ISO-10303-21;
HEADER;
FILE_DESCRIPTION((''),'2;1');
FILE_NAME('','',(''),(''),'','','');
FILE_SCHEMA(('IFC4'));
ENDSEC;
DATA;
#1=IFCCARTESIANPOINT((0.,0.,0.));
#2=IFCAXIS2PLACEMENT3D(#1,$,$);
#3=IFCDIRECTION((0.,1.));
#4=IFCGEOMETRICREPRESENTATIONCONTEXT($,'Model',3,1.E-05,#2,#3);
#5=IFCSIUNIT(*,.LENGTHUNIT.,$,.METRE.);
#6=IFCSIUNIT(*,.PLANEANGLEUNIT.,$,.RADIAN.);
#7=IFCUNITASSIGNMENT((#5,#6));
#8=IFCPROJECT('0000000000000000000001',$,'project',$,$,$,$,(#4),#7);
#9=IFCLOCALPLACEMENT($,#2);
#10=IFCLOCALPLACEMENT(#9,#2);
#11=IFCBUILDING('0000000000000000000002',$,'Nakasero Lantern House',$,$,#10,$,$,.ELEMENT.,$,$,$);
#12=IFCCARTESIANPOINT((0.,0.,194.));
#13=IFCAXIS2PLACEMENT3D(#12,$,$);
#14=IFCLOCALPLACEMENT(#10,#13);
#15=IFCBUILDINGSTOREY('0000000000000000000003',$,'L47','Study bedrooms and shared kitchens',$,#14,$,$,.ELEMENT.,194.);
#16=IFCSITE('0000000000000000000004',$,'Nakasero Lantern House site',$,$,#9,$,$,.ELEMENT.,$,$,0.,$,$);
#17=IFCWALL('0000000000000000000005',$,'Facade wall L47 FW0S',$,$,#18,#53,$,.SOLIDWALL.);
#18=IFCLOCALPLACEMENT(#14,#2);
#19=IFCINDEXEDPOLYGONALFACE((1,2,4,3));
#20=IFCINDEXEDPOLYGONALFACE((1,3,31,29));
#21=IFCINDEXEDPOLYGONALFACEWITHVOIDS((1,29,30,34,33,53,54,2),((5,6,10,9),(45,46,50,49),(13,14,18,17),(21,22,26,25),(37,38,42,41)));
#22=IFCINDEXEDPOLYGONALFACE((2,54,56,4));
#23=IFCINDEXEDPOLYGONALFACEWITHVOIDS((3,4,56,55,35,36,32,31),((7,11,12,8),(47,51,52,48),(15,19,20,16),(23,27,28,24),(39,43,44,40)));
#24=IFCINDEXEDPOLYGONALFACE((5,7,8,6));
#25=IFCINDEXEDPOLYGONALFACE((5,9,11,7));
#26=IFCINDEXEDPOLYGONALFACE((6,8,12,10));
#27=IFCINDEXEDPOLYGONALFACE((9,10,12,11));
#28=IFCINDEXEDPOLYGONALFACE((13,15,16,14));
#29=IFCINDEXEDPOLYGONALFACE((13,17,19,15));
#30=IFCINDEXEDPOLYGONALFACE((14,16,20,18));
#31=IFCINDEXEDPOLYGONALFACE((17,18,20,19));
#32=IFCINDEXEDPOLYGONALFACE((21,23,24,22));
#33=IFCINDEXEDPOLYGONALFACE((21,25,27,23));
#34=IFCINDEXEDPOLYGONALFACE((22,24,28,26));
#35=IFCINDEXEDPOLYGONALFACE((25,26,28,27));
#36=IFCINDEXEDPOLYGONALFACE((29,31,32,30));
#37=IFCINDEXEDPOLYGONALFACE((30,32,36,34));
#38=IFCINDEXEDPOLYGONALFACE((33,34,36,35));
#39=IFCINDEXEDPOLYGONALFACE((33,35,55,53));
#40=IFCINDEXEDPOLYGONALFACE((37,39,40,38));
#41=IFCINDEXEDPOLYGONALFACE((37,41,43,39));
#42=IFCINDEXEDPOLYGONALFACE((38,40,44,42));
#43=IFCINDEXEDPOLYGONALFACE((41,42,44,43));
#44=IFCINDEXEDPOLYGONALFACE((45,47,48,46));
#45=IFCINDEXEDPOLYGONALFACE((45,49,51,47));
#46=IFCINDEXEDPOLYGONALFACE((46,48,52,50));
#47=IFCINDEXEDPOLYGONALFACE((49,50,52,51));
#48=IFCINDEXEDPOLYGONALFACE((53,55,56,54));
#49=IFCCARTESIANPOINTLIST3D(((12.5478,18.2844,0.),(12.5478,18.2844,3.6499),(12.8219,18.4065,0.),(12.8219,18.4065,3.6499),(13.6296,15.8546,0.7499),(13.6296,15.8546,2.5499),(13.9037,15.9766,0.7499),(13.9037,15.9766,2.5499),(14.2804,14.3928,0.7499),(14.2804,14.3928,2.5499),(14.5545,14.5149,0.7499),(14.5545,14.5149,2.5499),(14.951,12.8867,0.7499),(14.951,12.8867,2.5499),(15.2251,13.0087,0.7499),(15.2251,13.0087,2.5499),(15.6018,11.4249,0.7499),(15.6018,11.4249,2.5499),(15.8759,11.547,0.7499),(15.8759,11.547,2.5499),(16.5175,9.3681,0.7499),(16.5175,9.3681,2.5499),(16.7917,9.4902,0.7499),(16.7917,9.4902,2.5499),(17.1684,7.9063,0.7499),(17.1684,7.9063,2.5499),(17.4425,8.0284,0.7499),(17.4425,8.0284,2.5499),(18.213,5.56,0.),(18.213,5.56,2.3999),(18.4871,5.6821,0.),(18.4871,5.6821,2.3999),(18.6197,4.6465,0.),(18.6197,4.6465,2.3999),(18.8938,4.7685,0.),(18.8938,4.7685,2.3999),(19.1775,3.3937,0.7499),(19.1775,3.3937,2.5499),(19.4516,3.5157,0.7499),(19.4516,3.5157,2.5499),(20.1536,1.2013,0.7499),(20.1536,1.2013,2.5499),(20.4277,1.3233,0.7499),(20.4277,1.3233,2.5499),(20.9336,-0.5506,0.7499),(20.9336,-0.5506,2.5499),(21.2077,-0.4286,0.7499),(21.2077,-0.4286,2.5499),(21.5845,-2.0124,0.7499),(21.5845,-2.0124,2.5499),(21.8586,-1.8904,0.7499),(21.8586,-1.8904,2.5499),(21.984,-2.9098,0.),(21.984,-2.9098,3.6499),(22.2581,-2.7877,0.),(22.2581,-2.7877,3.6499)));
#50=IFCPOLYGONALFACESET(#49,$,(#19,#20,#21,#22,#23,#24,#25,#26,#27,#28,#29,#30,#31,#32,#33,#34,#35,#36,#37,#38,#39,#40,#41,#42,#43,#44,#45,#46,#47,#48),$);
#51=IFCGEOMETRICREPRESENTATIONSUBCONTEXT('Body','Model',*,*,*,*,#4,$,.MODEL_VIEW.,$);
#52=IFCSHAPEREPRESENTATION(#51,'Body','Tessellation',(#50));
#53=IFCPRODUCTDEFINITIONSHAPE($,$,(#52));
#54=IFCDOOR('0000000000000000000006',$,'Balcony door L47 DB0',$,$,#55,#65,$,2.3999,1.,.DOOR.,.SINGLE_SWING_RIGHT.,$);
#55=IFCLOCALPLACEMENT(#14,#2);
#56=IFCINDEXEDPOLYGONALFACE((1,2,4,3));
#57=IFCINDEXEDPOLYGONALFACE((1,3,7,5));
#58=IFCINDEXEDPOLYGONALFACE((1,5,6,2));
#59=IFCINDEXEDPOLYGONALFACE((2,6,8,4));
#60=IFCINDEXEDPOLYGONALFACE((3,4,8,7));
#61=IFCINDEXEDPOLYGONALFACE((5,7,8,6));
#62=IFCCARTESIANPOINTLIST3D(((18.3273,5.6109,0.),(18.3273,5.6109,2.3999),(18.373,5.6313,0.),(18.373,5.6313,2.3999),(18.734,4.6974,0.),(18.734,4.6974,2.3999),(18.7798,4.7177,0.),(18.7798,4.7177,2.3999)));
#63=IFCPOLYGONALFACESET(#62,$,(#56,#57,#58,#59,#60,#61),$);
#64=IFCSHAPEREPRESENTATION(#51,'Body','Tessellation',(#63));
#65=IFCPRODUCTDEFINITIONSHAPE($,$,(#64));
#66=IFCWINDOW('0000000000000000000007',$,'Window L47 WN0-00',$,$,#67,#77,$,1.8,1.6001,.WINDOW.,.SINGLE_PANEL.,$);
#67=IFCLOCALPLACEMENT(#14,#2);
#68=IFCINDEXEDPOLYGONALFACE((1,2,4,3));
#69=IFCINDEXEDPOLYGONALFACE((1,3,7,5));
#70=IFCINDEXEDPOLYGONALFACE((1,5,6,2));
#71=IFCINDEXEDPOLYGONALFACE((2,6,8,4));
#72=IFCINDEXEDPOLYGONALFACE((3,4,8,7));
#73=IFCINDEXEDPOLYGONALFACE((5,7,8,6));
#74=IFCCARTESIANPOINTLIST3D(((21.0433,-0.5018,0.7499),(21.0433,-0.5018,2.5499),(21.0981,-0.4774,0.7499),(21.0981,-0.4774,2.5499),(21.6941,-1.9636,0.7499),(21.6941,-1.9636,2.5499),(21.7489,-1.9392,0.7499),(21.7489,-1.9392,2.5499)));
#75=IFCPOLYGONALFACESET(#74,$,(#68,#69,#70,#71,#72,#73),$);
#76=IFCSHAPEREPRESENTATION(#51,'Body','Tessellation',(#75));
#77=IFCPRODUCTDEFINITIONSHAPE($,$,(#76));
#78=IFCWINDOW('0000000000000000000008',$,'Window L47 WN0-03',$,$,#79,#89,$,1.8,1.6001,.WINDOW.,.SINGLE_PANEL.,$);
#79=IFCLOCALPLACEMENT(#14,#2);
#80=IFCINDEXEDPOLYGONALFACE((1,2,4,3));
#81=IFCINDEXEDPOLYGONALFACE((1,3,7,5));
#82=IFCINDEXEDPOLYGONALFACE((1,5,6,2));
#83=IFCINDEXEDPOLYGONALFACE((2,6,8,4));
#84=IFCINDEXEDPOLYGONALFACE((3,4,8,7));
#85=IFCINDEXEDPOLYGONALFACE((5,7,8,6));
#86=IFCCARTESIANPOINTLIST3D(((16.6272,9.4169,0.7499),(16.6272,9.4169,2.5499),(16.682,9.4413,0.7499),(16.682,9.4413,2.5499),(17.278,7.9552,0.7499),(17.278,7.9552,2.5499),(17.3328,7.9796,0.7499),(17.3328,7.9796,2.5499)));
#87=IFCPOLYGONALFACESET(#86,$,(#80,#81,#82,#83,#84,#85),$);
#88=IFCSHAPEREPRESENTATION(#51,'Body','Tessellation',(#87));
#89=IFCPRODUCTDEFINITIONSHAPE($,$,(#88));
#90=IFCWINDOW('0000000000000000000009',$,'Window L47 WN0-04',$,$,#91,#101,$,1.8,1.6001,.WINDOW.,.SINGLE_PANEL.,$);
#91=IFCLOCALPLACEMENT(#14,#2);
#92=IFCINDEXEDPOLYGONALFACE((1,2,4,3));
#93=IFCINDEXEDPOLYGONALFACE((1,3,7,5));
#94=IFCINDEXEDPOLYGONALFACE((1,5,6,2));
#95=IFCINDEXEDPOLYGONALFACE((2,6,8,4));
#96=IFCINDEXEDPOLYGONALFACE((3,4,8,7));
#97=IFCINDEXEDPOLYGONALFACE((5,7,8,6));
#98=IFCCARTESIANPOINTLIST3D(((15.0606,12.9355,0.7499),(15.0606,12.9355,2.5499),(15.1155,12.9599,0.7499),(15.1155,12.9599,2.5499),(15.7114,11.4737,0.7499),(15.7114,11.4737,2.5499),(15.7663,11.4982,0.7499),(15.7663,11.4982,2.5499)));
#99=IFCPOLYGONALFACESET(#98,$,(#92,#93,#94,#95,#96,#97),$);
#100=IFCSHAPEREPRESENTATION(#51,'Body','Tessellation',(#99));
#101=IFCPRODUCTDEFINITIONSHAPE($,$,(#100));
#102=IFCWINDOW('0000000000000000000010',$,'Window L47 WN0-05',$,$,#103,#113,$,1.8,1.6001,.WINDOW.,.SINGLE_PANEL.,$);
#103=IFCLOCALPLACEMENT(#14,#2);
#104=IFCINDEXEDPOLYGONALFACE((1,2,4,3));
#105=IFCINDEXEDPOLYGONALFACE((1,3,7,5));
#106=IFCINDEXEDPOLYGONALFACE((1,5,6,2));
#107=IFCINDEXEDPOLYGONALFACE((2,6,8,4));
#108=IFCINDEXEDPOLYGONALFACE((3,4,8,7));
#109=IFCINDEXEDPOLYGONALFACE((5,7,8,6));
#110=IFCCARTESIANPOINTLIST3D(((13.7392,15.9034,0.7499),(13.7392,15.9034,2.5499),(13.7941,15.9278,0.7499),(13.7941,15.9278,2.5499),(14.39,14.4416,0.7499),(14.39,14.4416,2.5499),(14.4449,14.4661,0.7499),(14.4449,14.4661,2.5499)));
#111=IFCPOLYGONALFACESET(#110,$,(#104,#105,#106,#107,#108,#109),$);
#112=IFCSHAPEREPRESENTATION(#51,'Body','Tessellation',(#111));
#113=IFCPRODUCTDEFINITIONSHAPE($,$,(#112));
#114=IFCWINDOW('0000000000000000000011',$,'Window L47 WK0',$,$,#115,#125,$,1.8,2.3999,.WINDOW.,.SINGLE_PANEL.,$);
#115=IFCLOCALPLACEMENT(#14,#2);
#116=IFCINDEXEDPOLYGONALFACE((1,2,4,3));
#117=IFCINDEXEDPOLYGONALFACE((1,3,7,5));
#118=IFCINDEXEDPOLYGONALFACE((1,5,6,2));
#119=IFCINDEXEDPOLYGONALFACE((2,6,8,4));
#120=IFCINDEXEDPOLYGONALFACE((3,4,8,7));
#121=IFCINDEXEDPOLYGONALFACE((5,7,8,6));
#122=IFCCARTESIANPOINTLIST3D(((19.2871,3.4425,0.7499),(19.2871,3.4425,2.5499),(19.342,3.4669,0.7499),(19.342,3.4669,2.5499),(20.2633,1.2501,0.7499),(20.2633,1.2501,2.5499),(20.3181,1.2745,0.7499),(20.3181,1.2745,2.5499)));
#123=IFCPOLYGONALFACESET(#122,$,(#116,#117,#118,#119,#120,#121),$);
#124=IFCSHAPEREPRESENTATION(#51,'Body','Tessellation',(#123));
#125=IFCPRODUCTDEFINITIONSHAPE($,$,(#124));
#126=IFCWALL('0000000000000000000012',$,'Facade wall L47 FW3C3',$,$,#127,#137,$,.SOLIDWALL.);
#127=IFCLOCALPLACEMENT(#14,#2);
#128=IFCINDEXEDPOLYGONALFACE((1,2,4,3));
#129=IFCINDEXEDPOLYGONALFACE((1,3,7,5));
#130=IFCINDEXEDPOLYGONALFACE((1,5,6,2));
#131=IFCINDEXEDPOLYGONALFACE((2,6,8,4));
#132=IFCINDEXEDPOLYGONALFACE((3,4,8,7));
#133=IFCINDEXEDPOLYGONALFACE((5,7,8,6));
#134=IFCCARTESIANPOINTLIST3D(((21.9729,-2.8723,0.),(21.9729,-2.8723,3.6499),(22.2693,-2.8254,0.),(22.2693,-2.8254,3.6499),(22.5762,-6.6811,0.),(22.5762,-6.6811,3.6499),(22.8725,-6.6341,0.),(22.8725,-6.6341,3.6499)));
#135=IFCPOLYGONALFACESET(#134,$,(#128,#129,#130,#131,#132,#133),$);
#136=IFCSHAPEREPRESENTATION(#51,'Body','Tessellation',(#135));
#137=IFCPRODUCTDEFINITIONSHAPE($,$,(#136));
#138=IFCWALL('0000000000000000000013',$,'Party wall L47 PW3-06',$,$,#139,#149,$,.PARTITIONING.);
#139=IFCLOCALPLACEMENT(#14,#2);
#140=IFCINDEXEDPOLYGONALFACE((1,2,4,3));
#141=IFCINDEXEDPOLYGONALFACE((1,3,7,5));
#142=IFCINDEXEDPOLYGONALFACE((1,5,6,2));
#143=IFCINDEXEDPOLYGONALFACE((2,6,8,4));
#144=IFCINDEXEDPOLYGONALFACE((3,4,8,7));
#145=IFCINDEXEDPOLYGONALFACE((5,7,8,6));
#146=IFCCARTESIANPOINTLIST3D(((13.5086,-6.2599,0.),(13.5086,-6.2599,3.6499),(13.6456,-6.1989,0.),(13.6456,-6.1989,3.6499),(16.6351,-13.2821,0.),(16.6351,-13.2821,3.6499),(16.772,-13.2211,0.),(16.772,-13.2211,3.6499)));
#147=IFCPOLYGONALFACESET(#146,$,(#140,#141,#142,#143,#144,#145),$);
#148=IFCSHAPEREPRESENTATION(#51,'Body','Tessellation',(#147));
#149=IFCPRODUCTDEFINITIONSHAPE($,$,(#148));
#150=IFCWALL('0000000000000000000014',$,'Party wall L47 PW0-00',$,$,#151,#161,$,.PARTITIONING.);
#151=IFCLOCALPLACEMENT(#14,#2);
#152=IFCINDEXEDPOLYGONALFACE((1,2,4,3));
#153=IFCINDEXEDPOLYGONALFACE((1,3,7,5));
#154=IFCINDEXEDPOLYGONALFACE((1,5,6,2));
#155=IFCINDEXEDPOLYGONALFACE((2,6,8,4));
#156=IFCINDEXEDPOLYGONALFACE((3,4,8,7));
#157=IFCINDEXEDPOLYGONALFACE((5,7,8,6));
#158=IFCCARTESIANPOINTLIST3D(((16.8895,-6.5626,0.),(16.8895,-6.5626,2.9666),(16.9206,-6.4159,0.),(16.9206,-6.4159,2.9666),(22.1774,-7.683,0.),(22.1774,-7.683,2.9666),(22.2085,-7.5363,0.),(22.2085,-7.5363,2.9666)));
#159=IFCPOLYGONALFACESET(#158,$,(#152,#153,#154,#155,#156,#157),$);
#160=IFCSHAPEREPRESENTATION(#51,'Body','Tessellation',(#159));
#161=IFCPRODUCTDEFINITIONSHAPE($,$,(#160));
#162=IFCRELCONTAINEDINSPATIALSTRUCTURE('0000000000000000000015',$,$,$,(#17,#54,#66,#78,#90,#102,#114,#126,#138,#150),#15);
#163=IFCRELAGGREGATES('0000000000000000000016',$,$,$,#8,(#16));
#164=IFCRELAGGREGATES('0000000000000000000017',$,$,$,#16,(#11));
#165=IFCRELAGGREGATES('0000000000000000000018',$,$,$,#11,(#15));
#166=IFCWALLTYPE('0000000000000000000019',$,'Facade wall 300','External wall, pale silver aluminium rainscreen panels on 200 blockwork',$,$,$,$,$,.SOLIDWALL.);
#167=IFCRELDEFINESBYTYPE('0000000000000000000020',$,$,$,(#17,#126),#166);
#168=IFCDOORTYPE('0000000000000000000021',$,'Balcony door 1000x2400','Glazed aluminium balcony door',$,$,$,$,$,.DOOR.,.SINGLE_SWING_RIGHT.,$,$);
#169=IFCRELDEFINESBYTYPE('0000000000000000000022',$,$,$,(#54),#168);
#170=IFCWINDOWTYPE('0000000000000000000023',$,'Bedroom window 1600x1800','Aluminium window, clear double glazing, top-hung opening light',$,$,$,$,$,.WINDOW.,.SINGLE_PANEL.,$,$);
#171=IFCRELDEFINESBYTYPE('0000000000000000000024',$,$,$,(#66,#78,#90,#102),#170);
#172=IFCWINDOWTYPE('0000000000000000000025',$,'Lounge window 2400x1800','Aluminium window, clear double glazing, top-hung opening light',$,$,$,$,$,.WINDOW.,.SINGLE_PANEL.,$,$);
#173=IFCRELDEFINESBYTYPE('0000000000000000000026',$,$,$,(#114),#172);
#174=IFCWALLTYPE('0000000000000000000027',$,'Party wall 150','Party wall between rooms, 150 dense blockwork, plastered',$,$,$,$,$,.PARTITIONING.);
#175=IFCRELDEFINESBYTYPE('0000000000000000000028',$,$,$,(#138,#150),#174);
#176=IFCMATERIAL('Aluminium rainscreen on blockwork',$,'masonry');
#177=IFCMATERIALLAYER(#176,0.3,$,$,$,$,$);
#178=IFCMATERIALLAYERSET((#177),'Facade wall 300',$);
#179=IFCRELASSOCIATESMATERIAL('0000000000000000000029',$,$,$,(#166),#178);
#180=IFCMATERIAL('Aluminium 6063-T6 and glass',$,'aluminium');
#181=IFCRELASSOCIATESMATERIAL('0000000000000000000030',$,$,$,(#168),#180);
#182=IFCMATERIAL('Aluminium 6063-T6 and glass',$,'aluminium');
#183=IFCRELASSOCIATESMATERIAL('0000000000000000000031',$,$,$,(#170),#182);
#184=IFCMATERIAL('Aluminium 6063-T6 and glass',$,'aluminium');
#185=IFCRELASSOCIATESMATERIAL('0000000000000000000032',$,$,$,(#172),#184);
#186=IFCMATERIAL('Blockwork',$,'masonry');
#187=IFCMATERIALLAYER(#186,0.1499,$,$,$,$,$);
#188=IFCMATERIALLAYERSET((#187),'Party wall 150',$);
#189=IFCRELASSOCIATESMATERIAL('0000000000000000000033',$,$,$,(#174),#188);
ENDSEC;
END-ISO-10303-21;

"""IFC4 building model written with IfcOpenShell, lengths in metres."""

from ifc_helpers import new_model, si_unit, direction, frame, frame_2d, origin, place, context, subcontext, project, spatial, rectangle, extrude, material, layer, layer_set, type_object, element, fill, save


model = new_model("IFC4")

# Units and contexts
model_context = context("Model", 3, precision=1e-05, world=origin(), true_north=direction((0.0, 1.0)))
body_context = subcontext(model_context, "Body", "Model", "MODEL_VIEW")
ifc_project = project(units=[si_unit("LENGTHUNIT", "METRE"), si_unit("PLANEANGLEUNIT", "RADIAN")], contexts=[model_context])

# Site, building, storey
site_placement = place(None, origin())
site = spatial("IfcSite", under=ifc_project, at=site_placement, Name="Nakasero Lantern House site", CompositionType="ELEMENT", RefElevation=0.0)
building_placement = place(site_placement, origin())
building = spatial("IfcBuilding", under=site, at=building_placement, Name="Nakasero Lantern House", CompositionType="ELEMENT")
storey_placement = place(building_placement, frame((0.0, 0.0, 194.0)))
storey = spatial("IfcBuildingStorey", under=building, at=storey_placement, Name="L47", Description="Study bedrooms and shared kitchens", CompositionType="ELEMENT", Elevation=194.0)

# Wall, openings, door, windows
ifc_material_1 = material(Name="Aluminium rainscreen on blockwork", Category="masonry")
ifc_layer_1 = layer(ifc_material_1, 0.3)
ifc_layer_set_1 = layer_set([ifc_layer_1], Name="Facade wall 300")
wall_type_1 = type_object("IfcWallType", Name="Facade wall 300", Description="External wall, pale silver aluminium rainscreen panels on 200 blockwork", PredefinedType="SOLIDWALL", material=ifc_layer_set_1)
wall_1_placement = place(storey_placement, frame((22.1211, -2.8489, 0.0), z_axis=(0.0, 0.0, 1.0), x_axis=(-0.406735, 0.913546, 0.0)))
wall_1 = element("IfcWall", 1, at=wall_1_placement, inside=storey, type_object=wall_type_1, Name="Facade wall L47 FW0S", PredefinedType="SOLIDWALL", context=body_context, shape_type="SweptSolid", body=[
    extrude(rectangle(XDim=23.2, YDim=0.3, at=frame_2d((11.6001, 0.0))), origin(), (0.0, 0.0, 1.0), 3.6499),
])
opening_1_placement = place(wall_1_placement, frame((0.9824, 0.0, 0.75)))
opening_1 = element("IfcOpeningElement", 2, at=opening_1_placement, cuts=wall_1, PredefinedType="OPENING", context=body_context, shape_type="SweptSolid", body=[
    extrude(rectangle(XDim=1.6001, YDim=1.8, at=frame_2d((0.8, 0.8999))), frame((0.0, 0.1699, 0.0), z_axis=(0.0, -1.0, 0.0), x_axis=(1.0, 0.0, 0.0)), (0.0, 0.0, 1.0), 0.3401),
])
opening_2_placement = place(wall_1_placement, frame((11.8398, 0.0, 0.75)))
opening_2 = element("IfcOpeningElement", 3, at=opening_2_placement, cuts=wall_1, PredefinedType="OPENING", context=body_context, shape_type="SweptSolid", body=[
    extrude(rectangle(XDim=1.6001, YDim=1.8, at=frame_2d((0.8, 0.8999))), frame((0.0, 0.1699, 0.0), z_axis=(0.0, -1.0, 0.0), x_axis=(1.0, 0.0, 0.0)), (0.0, 0.0, 1.0), 0.3401),
])
opening_3_placement = place(wall_1_placement, frame((15.6914, 0.0, 0.75)))
opening_3 = element("IfcOpeningElement", 4, at=opening_3_placement, cuts=wall_1, PredefinedType="OPENING", context=body_context, shape_type="SweptSolid", body=[
    extrude(rectangle(XDim=1.6001, YDim=1.8, at=frame_2d((0.8, 0.8999))), frame((0.0, 0.1699, 0.0), z_axis=(0.0, -1.0, 0.0), x_axis=(1.0, 0.0, 0.0)), (0.0, 0.0, 1.0), 0.3401),
])
opening_4_placement = place(wall_1_placement, frame((18.9402, 0.0, 0.75)))
opening_4 = element("IfcOpeningElement", 5, at=opening_4_placement, cuts=wall_1, PredefinedType="OPENING", context=body_context, shape_type="SweptSolid", body=[
    extrude(rectangle(XDim=1.6001, YDim=1.8, at=frame_2d((0.8, 0.8999))), frame((0.0, 0.1699, 0.0), z_axis=(0.0, -1.0, 0.0), x_axis=(1.0, 0.0, 0.0)), (0.0, 0.0, 1.0), 0.3401),
])
opening_5_placement = place(wall_1_placement, frame((4.5002, 0.0, 0.75)))
opening_5 = element("IfcOpeningElement", 6, at=opening_5_placement, cuts=wall_1, PredefinedType="OPENING", context=body_context, shape_type="SweptSolid", body=[
    extrude(rectangle(XDim=2.3999, YDim=1.8, at=frame_2d((1.2, 0.8999))), frame((0.0, 0.1699, 0.0), z_axis=(0.0, -1.0, 0.0), x_axis=(1.0, 0.0, 0.0)), (0.0, 0.0, 1.0), 0.3401),
])
opening_6_placement = place(wall_1_placement, frame((8.2715, 0.0, 0.0)))
opening_6 = element("IfcOpeningElement", 7, at=opening_6_placement, cuts=wall_1, PredefinedType="OPENING", context=body_context, shape_type="SweptSolid", body=[
    extrude(rectangle(XDim=1.0, YDim=2.3999, at=frame_2d((0.5, 1.2))), frame((0.0, 0.1699, 0.0), z_axis=(0.0, -1.0, 0.0), x_axis=(1.0, 0.0, 0.0)), (0.0, 0.0, 1.0), 0.3401),
])
ifc_material_2 = material(Name="Aluminium 6063-T6 and glass", Category="aluminium")
door_type_1 = type_object("IfcDoorType", Name="Balcony door 1000x2400", Description="Glazed aluminium balcony door", OperationType="SINGLE_SWING_RIGHT", PredefinedType="DOOR", material=ifc_material_2)
door_1_placement = place(opening_6_placement, origin())
door_1 = element("IfcDoor", 8, at=door_1_placement, inside=storey, type_object=door_type_1, Name="Balcony door L47 DB0", OperationType="SINGLE_SWING_RIGHT", OverallHeight=2.3999, OverallWidth=1.0, PredefinedType="DOOR", context=body_context, shape_type="SweptSolid", body=[
    extrude(rectangle(XDim=1.0, YDim=2.3999, at=frame_2d((0.5, 1.2))), frame((0.0, 0.0249, 0.0), z_axis=(0.0, -1.0, 0.0), x_axis=(1.0, 0.0, 0.0)), (0.0, 0.0, 1.0), 0.05),
])
fill(opening_6, door_1)
ifc_material_3 = material(Name="Aluminium 6063-T6 and glass", Category="aluminium")
window_type_1 = type_object("IfcWindowType", Name="Bedroom window 1600x1800", Description="Aluminium window, clear double glazing, top-hung opening light", PartitioningType="SINGLE_PANEL", PredefinedType="WINDOW", material=ifc_material_3)
window_1_placement = place(opening_1_placement, origin())
window_1 = element("IfcWindow", 9, at=window_1_placement, inside=storey, type_object=window_type_1, Name="Window L47 WN0-00", OverallHeight=1.8, OverallWidth=1.6001, PartitioningType="SINGLE_PANEL", PredefinedType="WINDOW", context=body_context, shape_type="SweptSolid", body=[
    extrude(rectangle(XDim=1.6001, YDim=1.8, at=frame_2d((0.8, 0.8999))), frame((0.0, 0.03, 0.0), z_axis=(0.0, -1.0, 0.0), x_axis=(1.0, 0.0, 0.0)), (0.0, 0.0, 1.0), 0.0601),
])
fill(opening_1, window_1)
window_2_placement = place(opening_2_placement, origin())
window_2 = element("IfcWindow", 10, at=window_2_placement, inside=storey, type_object=window_type_1, Name="Window L47 WN0-03", OverallHeight=1.8, OverallWidth=1.6001, PartitioningType="SINGLE_PANEL", PredefinedType="WINDOW", context=body_context, shape_type="SweptSolid", body=[
    extrude(rectangle(XDim=1.6001, YDim=1.8, at=frame_2d((0.8, 0.8999))), frame((0.0, 0.03, 0.0), z_axis=(0.0, -1.0, 0.0), x_axis=(1.0, 0.0, 0.0)), (0.0, 0.0, 1.0), 0.0601),
])
fill(opening_2, window_2)
window_3_placement = place(opening_3_placement, origin())
window_3 = element("IfcWindow", 11, at=window_3_placement, inside=storey, type_object=window_type_1, Name="Window L47 WN0-04", OverallHeight=1.8, OverallWidth=1.6001, PartitioningType="SINGLE_PANEL", PredefinedType="WINDOW", context=body_context, shape_type="SweptSolid", body=[
    extrude(rectangle(XDim=1.6001, YDim=1.8, at=frame_2d((0.8, 0.8999))), frame((0.0, 0.03, 0.0), z_axis=(0.0, -1.0, 0.0), x_axis=(1.0, 0.0, 0.0)), (0.0, 0.0, 1.0), 0.0601),
])
fill(opening_3, window_3)
window_4_placement = place(opening_4_placement, origin())
window_4 = element("IfcWindow", 12, at=window_4_placement, inside=storey, type_object=window_type_1, Name="Window L47 WN0-05", OverallHeight=1.8, OverallWidth=1.6001, PartitioningType="SINGLE_PANEL", PredefinedType="WINDOW", context=body_context, shape_type="SweptSolid", body=[
    extrude(rectangle(XDim=1.6001, YDim=1.8, at=frame_2d((0.8, 0.8999))), frame((0.0, 0.03, 0.0), z_axis=(0.0, -1.0, 0.0), x_axis=(1.0, 0.0, 0.0)), (0.0, 0.0, 1.0), 0.0601),
])
fill(opening_4, window_4)
ifc_material_4 = material(Name="Aluminium 6063-T6 and glass", Category="aluminium")
window_type_2 = type_object("IfcWindowType", Name="Lounge window 2400x1800", Description="Aluminium window, clear double glazing, top-hung opening light", PartitioningType="SINGLE_PANEL", PredefinedType="WINDOW", material=ifc_material_4)
window_5_placement = place(opening_5_placement, origin())
window_5 = element("IfcWindow", 13, at=window_5_placement, inside=storey, type_object=window_type_2, Name="Window L47 WK0", OverallHeight=1.8, OverallWidth=2.3999, PartitioningType="SINGLE_PANEL", PredefinedType="WINDOW", context=body_context, shape_type="SweptSolid", body=[
    extrude(rectangle(XDim=2.3999, YDim=1.8, at=frame_2d((1.2, 0.8999))), frame((0.0, 0.03, 0.0), z_axis=(0.0, -1.0, 0.0), x_axis=(1.0, 0.0, 0.0)), (0.0, 0.0, 1.0), 0.0601),
])
fill(opening_5, window_5)

# Walls
wall_2_placement = place(storey_placement, frame((22.7244, -6.6577, 0.0), z_axis=(0.0, 0.0, 1.0), x_axis=(-0.156437, 0.987688, 0.0)))
element("IfcWall", 14, at=wall_2_placement, inside=storey, type_object=wall_type_1, Name="Facade wall L47 FW3C3", PredefinedType="SOLIDWALL", context=body_context, shape_type="SweptSolid", body=[
    extrude(rectangle(XDim=3.8562, YDim=0.3, at=frame_2d((1.9282, 0.0))), origin(), (0.0, 0.0, 1.0), 3.6499),
])
ifc_material_5 = material(Name="Blockwork", Category="masonry")
ifc_layer_2 = layer(ifc_material_5, 0.1499)
ifc_layer_set_2 = layer_set([ifc_layer_2], Name="Party wall 150")
wall_type_2 = type_object("IfcWallType", Name="Party wall 150", Description="Party wall between rooms, 150 dense blockwork, plastered", PredefinedType="PARTITIONING", material=ifc_layer_set_2)
wall_3_placement = place(storey_placement, frame((13.5771, -6.2295, 0.0), z_axis=(0.0, 0.0, 1.0), x_axis=(0.406734, -0.913547, 0.0)))
element("IfcWall", 15, at=wall_3_placement, inside=storey, type_object=wall_type_2, Name="Party wall L47 PW3-06", PredefinedType="PARTITIONING", context=body_context, shape_type="SweptSolid", body=[
    extrude(rectangle(XDim=7.6868, YDim=0.1499, at=frame_2d((3.8433, 0.0))), origin(), (0.0, 0.0, 1.0), 3.6499),
])
wall_4_placement = place(storey_placement, frame((16.905, -6.4893, 0.0), z_axis=(0.0, 0.0, 1.0), x_axis=(0.978283, -0.207274, 0.0)))
element("IfcWall", 16, at=wall_4_placement, inside=storey, type_object=wall_type_2, Name="Party wall L47 PW0-00", PredefinedType="PARTITIONING", context=body_context, shape_type="SweptSolid", body=[
    extrude(rectangle(XDim=5.4053, YDim=0.1499, at=frame_2d((2.7026, 0.0))), origin(), (0.0, 0.0, 1.0), 2.9666),
])

save(model, "model.ifc")
